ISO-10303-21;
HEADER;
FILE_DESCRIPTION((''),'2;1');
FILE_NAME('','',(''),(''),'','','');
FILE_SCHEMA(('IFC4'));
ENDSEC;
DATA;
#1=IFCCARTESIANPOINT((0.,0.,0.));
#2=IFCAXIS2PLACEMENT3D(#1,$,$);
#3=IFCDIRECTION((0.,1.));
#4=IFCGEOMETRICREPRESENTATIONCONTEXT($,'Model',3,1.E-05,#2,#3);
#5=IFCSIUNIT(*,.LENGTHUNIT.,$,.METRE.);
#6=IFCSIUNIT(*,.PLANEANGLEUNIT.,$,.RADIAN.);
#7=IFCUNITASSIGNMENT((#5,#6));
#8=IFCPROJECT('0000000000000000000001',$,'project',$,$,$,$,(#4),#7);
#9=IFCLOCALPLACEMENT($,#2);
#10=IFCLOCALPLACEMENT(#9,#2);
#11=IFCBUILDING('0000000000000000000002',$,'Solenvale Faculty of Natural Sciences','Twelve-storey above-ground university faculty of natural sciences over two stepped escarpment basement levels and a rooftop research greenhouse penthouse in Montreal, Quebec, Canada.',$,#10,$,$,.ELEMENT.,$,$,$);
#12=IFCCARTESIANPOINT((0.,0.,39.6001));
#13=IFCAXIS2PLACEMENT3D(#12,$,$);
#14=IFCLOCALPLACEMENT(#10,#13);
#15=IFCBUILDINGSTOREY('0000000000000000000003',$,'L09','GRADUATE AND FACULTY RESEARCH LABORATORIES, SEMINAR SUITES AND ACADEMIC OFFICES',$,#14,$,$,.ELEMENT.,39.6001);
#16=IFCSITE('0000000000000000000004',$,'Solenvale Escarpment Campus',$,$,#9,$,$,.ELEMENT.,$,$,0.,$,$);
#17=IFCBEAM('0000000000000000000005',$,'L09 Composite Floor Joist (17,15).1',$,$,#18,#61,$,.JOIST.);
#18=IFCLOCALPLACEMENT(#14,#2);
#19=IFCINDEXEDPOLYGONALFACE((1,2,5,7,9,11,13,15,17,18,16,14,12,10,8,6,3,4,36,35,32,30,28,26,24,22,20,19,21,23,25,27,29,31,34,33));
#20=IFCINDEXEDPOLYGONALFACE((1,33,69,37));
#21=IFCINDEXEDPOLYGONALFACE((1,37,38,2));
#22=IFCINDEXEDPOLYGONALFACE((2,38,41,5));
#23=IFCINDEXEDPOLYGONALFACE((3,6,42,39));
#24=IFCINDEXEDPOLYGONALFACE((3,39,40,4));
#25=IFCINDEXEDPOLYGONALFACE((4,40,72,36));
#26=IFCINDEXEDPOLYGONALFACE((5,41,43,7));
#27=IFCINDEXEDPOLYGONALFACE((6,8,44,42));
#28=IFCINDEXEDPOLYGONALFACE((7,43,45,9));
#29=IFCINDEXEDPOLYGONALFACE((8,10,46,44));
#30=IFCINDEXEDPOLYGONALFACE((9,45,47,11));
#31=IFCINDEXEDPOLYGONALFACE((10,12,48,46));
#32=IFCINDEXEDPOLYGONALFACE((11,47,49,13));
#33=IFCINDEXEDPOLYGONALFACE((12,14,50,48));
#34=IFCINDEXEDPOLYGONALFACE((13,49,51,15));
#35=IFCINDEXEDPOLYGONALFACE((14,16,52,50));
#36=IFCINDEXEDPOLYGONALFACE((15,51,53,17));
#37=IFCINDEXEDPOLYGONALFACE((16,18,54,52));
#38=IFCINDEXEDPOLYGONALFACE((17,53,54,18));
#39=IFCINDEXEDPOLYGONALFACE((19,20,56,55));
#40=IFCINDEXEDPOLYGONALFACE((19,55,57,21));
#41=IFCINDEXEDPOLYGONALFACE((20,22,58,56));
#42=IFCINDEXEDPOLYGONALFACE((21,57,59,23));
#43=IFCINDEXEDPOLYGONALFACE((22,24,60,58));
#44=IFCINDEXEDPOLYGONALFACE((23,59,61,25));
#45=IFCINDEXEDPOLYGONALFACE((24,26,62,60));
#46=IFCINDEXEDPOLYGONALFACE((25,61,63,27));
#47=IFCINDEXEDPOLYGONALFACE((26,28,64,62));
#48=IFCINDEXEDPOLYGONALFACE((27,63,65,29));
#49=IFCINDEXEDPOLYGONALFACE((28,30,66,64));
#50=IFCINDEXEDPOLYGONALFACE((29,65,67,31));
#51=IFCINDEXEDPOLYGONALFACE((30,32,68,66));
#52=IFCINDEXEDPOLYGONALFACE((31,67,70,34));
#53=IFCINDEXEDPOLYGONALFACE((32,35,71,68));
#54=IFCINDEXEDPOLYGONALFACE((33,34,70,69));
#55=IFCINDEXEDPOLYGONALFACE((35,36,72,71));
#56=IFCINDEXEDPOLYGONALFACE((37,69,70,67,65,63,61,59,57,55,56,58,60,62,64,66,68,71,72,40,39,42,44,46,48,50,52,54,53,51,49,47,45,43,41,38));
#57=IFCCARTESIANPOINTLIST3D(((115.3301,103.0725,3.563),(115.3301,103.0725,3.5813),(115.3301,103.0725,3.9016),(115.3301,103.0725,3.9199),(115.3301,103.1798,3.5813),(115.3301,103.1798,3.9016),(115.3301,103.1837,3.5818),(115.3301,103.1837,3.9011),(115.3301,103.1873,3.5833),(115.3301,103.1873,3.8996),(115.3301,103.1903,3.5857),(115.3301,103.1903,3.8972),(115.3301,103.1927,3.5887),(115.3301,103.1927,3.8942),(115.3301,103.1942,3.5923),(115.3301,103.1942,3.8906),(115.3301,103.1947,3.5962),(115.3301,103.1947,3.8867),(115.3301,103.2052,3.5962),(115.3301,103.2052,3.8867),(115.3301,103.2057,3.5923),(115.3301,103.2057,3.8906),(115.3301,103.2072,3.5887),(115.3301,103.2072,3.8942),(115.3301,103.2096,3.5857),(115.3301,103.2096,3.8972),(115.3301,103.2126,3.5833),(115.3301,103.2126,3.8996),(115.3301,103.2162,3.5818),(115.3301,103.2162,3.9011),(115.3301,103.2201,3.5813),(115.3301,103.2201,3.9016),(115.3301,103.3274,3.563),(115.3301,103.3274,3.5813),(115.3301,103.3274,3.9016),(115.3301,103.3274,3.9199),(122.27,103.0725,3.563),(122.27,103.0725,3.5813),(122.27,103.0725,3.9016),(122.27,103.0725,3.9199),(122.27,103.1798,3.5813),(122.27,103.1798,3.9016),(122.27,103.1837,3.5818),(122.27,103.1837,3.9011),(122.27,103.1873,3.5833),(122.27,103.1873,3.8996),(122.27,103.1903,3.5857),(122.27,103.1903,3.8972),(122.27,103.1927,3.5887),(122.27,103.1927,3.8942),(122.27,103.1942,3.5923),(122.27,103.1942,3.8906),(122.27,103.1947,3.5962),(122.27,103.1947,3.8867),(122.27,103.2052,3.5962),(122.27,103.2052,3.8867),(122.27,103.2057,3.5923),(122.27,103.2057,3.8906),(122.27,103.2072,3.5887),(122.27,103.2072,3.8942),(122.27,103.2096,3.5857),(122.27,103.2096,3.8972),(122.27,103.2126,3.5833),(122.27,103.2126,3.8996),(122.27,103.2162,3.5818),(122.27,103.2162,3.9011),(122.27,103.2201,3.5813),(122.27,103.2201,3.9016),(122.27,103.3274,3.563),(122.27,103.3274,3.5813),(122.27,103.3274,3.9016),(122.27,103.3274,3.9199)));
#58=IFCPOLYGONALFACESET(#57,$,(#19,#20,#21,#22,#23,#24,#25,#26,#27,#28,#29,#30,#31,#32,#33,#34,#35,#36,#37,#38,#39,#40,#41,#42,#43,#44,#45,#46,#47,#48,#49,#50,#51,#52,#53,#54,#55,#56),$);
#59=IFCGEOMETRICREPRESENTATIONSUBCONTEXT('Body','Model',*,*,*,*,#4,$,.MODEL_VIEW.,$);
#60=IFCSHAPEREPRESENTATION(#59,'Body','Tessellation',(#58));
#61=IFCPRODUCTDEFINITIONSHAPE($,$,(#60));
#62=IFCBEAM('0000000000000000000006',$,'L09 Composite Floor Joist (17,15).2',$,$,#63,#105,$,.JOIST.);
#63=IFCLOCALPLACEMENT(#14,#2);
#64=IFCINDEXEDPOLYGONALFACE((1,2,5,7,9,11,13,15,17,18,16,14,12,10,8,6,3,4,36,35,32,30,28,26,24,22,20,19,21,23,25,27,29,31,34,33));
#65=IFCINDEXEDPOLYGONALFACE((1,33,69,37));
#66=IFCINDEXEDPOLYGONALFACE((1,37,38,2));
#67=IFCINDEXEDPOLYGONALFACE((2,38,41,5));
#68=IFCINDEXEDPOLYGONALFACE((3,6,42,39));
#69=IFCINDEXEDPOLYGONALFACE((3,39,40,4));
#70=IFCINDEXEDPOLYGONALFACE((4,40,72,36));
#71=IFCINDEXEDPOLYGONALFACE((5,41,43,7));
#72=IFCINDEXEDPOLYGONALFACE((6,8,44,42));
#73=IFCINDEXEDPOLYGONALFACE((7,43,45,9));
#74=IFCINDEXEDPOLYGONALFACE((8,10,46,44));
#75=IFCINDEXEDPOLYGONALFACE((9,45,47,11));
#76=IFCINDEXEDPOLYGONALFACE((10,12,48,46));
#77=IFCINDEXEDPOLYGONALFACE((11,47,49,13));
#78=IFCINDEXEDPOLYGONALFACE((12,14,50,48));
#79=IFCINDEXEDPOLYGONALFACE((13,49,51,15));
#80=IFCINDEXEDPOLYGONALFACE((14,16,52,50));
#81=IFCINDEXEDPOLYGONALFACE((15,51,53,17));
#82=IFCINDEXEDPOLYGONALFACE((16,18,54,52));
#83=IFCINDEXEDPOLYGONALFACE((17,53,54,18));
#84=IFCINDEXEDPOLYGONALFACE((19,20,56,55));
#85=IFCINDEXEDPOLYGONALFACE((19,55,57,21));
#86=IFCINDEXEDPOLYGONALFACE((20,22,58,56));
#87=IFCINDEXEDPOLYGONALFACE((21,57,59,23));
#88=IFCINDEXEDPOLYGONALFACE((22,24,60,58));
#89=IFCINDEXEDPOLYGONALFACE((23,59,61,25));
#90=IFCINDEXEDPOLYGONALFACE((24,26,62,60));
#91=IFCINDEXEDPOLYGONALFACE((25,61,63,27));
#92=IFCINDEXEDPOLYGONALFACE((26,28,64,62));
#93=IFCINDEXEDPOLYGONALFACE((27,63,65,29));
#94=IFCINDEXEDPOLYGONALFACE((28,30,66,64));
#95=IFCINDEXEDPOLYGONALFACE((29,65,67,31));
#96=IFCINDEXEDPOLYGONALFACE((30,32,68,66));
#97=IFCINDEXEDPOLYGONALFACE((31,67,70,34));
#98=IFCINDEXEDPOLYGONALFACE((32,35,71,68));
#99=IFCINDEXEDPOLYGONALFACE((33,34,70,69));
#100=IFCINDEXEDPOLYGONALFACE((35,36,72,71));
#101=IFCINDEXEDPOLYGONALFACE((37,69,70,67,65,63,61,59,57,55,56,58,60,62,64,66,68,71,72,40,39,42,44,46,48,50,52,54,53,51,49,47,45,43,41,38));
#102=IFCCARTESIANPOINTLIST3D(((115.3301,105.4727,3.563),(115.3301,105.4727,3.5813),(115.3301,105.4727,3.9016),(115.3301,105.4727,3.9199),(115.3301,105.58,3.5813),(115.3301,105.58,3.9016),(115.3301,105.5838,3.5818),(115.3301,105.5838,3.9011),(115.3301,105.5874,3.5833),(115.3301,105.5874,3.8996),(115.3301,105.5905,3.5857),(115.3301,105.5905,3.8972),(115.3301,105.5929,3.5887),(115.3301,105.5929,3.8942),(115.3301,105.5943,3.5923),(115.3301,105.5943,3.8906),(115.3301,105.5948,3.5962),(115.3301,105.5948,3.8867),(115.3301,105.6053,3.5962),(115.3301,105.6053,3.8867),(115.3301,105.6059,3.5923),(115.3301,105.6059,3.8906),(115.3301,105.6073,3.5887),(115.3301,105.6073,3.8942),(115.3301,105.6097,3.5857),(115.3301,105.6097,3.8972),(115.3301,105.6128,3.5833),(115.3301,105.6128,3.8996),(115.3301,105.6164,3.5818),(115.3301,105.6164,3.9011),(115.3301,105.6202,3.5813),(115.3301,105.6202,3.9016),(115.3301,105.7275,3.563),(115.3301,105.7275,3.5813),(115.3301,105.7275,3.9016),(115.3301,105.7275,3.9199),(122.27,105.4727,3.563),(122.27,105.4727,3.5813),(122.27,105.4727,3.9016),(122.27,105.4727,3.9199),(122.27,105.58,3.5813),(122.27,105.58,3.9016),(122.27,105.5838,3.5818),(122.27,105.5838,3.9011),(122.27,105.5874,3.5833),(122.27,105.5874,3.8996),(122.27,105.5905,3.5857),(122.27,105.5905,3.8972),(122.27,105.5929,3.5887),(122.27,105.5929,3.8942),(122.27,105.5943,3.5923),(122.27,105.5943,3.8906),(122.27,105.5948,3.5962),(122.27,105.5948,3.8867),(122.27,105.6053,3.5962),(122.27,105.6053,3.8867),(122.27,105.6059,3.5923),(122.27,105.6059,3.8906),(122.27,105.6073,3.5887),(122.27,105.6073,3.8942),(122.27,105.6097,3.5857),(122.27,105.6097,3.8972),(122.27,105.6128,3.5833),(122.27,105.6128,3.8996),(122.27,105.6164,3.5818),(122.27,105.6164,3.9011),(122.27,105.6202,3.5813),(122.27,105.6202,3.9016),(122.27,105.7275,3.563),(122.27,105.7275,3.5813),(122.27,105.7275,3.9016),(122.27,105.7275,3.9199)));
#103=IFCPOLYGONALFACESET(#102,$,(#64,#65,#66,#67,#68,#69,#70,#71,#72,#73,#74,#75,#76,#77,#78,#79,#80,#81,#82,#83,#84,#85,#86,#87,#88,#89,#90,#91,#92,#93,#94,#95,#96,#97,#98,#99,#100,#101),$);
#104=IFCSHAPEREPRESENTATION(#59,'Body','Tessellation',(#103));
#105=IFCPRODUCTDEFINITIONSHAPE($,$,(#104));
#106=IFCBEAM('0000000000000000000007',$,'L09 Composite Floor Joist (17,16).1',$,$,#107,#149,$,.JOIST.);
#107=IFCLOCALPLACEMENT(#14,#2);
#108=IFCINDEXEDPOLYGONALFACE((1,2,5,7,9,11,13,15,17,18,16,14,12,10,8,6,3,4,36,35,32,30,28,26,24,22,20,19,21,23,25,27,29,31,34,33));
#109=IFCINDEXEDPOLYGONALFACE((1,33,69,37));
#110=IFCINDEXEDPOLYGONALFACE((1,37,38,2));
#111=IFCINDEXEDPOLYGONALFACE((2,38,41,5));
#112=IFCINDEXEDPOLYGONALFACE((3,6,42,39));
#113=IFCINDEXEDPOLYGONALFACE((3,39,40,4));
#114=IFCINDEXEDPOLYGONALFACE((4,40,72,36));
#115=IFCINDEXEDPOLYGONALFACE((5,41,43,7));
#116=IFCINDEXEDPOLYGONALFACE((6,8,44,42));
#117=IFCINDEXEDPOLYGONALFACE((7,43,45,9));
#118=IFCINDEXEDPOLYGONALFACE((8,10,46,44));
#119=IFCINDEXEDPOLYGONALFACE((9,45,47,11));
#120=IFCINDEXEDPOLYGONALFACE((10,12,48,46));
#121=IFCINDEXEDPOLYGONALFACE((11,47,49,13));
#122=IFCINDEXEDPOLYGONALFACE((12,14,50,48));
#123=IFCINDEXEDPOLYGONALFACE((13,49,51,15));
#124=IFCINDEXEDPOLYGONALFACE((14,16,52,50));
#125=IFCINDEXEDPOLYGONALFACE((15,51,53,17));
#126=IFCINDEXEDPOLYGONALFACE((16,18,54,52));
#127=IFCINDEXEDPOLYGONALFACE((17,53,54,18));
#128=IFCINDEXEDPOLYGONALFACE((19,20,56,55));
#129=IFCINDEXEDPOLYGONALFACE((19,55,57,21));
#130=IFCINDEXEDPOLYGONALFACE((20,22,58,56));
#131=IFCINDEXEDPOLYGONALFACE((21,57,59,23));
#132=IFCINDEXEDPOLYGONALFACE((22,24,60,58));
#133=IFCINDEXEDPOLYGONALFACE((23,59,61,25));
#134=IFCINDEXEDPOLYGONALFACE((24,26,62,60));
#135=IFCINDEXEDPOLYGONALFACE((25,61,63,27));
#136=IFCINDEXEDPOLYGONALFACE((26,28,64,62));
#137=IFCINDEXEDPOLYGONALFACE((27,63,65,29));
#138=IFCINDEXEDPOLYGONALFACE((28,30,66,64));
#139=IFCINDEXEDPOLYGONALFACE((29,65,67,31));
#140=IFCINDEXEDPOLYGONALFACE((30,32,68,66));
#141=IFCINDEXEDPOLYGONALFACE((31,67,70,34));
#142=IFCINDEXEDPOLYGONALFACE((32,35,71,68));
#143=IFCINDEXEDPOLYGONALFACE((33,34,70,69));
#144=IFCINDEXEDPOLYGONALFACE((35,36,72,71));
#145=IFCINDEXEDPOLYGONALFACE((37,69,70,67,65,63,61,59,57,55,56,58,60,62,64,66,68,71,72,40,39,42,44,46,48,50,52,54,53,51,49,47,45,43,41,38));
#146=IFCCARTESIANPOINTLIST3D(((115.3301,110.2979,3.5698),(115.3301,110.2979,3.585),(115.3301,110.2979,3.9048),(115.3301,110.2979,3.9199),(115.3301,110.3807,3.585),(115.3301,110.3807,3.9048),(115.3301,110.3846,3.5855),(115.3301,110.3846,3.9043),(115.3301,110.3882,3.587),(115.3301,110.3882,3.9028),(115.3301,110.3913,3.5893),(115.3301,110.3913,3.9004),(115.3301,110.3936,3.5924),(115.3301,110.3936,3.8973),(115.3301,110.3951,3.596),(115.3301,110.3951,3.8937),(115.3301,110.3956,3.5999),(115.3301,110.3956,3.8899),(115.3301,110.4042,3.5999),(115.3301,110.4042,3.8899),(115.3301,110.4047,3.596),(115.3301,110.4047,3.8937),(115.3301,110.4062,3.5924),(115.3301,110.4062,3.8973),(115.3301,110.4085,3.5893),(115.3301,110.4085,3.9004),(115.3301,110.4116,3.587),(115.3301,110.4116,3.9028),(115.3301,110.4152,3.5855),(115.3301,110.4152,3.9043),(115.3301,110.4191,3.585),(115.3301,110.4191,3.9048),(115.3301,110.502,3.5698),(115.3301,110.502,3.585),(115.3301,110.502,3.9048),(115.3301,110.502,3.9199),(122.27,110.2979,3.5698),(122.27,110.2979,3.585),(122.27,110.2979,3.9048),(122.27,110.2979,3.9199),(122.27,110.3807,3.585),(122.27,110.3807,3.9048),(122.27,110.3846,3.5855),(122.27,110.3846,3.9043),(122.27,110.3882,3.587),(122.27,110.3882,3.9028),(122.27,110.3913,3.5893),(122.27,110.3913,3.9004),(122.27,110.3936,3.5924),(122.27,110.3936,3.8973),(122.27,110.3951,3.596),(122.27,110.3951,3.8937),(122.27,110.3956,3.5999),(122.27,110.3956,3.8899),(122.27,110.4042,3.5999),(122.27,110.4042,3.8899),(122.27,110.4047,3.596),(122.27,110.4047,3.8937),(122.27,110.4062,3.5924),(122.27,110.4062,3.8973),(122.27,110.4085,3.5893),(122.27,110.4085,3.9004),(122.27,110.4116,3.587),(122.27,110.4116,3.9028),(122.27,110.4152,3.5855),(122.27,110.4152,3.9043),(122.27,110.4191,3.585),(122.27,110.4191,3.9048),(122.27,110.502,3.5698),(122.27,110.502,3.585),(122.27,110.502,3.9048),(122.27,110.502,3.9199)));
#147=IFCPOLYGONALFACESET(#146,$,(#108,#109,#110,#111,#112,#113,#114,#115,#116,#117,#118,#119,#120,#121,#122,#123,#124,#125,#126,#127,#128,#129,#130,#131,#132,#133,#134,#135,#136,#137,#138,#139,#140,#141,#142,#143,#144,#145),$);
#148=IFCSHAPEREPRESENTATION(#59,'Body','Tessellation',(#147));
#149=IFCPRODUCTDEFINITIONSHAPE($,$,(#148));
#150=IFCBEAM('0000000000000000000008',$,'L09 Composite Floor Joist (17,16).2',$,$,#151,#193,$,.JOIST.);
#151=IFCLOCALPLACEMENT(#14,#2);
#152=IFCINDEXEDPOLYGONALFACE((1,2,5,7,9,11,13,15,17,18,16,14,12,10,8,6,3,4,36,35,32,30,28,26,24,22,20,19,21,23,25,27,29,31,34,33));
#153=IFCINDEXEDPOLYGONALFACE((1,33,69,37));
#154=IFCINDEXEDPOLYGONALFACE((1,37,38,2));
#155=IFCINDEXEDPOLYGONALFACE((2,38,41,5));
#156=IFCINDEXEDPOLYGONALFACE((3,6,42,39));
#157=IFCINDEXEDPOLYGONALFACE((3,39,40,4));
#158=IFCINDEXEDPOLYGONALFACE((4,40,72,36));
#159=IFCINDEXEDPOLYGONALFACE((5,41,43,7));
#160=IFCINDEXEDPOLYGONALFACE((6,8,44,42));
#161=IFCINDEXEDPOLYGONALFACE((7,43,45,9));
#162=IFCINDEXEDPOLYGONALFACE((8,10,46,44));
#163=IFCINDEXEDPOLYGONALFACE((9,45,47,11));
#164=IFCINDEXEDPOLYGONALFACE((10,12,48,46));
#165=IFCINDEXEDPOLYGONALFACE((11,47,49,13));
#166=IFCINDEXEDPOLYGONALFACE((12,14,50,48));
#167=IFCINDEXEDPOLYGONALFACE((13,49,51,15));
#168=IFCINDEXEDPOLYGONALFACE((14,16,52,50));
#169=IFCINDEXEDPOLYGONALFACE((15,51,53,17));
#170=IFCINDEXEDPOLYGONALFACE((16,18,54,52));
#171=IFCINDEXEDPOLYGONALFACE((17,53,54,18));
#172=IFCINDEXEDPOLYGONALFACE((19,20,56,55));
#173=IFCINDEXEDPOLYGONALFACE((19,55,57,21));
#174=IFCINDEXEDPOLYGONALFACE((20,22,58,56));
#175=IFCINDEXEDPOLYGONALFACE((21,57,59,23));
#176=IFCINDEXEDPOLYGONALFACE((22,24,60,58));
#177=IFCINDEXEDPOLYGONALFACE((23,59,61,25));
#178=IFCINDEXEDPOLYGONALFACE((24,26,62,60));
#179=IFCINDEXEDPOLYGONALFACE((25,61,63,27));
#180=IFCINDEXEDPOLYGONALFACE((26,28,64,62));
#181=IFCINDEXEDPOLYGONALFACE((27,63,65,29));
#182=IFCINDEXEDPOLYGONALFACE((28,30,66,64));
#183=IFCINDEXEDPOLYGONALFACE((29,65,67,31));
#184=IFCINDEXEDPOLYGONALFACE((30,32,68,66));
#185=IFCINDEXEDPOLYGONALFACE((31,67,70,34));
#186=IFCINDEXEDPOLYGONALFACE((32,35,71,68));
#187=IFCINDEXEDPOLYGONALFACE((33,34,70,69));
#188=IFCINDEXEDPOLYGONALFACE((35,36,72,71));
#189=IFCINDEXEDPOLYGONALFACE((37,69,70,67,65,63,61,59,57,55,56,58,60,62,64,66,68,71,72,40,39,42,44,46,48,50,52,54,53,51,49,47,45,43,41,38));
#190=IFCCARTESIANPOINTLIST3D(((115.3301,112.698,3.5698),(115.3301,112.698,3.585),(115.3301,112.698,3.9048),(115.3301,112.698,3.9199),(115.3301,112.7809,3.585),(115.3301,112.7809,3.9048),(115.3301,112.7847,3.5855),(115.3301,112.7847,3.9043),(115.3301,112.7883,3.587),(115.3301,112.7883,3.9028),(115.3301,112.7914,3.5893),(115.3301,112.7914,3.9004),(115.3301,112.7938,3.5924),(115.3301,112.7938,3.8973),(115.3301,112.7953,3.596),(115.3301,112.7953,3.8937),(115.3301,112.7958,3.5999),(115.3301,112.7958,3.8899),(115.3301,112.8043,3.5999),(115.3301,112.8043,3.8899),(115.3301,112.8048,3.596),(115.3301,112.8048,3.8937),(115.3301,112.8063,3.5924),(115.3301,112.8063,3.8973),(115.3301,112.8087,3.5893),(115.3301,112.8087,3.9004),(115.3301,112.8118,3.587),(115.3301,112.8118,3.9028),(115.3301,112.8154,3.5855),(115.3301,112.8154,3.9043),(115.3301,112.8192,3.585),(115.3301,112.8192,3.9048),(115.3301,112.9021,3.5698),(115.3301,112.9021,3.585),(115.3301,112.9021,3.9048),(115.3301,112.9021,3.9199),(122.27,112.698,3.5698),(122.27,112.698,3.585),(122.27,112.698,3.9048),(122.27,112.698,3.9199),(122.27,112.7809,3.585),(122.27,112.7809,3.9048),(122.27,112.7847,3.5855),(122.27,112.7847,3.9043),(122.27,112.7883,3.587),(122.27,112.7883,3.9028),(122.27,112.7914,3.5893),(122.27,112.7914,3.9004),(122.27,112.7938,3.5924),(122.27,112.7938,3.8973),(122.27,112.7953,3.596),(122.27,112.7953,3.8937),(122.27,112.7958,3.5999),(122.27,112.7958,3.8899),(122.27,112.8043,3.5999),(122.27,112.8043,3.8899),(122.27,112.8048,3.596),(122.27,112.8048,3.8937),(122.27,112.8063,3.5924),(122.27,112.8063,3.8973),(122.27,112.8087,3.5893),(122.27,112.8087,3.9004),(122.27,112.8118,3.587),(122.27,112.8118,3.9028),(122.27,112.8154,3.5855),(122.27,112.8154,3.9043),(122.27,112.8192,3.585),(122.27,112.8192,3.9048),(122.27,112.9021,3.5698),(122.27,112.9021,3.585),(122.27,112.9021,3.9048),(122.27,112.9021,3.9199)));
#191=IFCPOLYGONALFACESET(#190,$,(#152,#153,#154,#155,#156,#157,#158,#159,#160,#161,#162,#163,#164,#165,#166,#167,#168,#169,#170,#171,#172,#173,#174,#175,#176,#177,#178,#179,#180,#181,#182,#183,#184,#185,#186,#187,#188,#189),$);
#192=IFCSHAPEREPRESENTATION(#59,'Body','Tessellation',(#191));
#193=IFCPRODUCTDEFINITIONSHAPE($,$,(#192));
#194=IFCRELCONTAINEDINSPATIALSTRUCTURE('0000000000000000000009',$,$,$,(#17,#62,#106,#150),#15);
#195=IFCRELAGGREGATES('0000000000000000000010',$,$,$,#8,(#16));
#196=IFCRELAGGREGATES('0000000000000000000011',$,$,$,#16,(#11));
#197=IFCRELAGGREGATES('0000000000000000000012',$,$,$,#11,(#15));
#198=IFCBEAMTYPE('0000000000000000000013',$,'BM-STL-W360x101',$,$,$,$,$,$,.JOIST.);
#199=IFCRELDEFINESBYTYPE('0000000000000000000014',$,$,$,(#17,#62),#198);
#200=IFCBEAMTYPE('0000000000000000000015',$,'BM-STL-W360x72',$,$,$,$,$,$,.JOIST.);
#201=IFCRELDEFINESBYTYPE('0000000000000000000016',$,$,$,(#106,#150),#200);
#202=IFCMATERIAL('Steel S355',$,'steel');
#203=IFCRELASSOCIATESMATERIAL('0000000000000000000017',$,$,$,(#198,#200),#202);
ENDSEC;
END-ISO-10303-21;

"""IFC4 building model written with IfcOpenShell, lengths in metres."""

from ifc_helpers import new_model, si_unit, direction, frame, origin, origin_2d, place, context, subcontext, project, spatial, i_section, extrude, material, material_profile, profile_set, type_object, element, save


model = new_model("IFC4")

# Units and contexts
model_context = context("Model", 3, precision=1e-05, world=origin(), true_north=direction((0.0, 1.0)))
body_context = subcontext(model_context, "Body", "Model", "MODEL_VIEW")
ifc_project = project(units=[si_unit("LENGTHUNIT", "METRE"), si_unit("PLANEANGLEUNIT", "RADIAN")], contexts=[model_context])

# Site, building, storey
site_placement = place(None, origin())
site = spatial("IfcSite", under=ifc_project, at=site_placement, Name="Solenvale Escarpment Campus", CompositionType="ELEMENT", RefElevation=0.0)
building_placement = place(site_placement, origin())
building = spatial("IfcBuilding", under=site, at=building_placement, Name="Solenvale Faculty of Natural Sciences", Description="Twelve-storey above-ground university faculty of natural sciences over two stepped escarpment basement levels and a rooftop research greenhouse penthouse in Montreal, Quebec, Canada.", CompositionType="ELEMENT")
storey_placement = place(building_placement, frame((0.0, 0.0, 39.6001)))
storey = spatial("IfcBuildingStorey", under=building, at=storey_placement, Name="L09", Description="GRADUATE AND FACULTY RESEARCH LABORATORIES, SEMINAR SUITES AND ACADEMIC OFFICES", CompositionType="ELEMENT", Elevation=39.6001)

# Beams
ifc_material_1 = material(Name="Steel S355", Category="steel")
ifc_material_profile_1 = material_profile(ifc_material_1, i_section(OverallWidth=0.2549, OverallDepth=0.3569, WebThickness=0.0105, FlangeThickness=0.0183, FilletRadius=0.0149, at=origin_2d()), Name="W360x101")
ifc_profile_set_1 = profile_set([ifc_material_profile_1], Name="Steel S355")
beam_type_1 = type_object("IfcBeamType", Name="BM-STL-W360x101", PredefinedType="JOIST", material=ifc_profile_set_1)
for number, where, z_axis, x_axis, name in (
    (1, (115.3301, 103.2, 3.7415), (1.0, 0.0, 0.0), (0.0, 1.0, 0.0), "L09 Composite Floor Joist (17,15).1"),
    (2, (115.3301, 105.6001, 3.7415), (1.0, 0.0, 0.0), (0.0, 1.0, 0.0), "L09 Composite Floor Joist (17,15).2"),
):
    element("IfcBeam", number, at=place(storey_placement, frame(where, z_axis=z_axis, x_axis=x_axis)), inside=storey, type_object=beam_type_1, Name=name, PredefinedType="JOIST", context=body_context, shape_type="SweptSolid", body=[
        extrude(i_section(OverallWidth=0.2549, OverallDepth=0.3569, WebThickness=0.0105, FlangeThickness=0.0183, FilletRadius=0.0149, at=origin_2d()), origin(), (0.0, 0.0, 1.0), 6.9399),
    ])
ifc_material_profile_2 = material_profile(ifc_material_1, i_section(OverallWidth=0.2041, OverallDepth=0.3501, WebThickness=0.0085, FlangeThickness=0.0151, FilletRadius=0.0149, at=origin_2d()), Name="W360x72")
ifc_profile_set_2 = profile_set([ifc_material_profile_2], Name="Steel S355")
beam_type_2 = type_object("IfcBeamType", Name="BM-STL-W360x72", PredefinedType="JOIST", material=ifc_profile_set_2)
for number, where, z_axis, x_axis, name in (
    (3, (115.3301, 110.3999, 3.7449), (1.0, 0.0, 0.0), (0.0, 1.0, 0.0), "L09 Composite Floor Joist (17,16).1"),
    (4, (115.3301, 112.8, 3.7449), (1.0, 0.0, 0.0), (0.0, 1.0, 0.0), "L09 Composite Floor Joist (17,16).2"),
):
    element("IfcBeam", number, at=place(storey_placement, frame(where, z_axis=z_axis, x_axis=x_axis)), inside=storey, type_object=beam_type_2, Name=name, PredefinedType="JOIST", context=body_context, shape_type="SweptSolid", body=[
        extrude(i_section(OverallWidth=0.2041, OverallDepth=0.3501, WebThickness=0.0085, FlangeThickness=0.0151, FilletRadius=0.0149, at=origin_2d()), origin(), (0.0, 0.0, 1.0), 6.9399),
    ])

save(model, "model.ifc")
